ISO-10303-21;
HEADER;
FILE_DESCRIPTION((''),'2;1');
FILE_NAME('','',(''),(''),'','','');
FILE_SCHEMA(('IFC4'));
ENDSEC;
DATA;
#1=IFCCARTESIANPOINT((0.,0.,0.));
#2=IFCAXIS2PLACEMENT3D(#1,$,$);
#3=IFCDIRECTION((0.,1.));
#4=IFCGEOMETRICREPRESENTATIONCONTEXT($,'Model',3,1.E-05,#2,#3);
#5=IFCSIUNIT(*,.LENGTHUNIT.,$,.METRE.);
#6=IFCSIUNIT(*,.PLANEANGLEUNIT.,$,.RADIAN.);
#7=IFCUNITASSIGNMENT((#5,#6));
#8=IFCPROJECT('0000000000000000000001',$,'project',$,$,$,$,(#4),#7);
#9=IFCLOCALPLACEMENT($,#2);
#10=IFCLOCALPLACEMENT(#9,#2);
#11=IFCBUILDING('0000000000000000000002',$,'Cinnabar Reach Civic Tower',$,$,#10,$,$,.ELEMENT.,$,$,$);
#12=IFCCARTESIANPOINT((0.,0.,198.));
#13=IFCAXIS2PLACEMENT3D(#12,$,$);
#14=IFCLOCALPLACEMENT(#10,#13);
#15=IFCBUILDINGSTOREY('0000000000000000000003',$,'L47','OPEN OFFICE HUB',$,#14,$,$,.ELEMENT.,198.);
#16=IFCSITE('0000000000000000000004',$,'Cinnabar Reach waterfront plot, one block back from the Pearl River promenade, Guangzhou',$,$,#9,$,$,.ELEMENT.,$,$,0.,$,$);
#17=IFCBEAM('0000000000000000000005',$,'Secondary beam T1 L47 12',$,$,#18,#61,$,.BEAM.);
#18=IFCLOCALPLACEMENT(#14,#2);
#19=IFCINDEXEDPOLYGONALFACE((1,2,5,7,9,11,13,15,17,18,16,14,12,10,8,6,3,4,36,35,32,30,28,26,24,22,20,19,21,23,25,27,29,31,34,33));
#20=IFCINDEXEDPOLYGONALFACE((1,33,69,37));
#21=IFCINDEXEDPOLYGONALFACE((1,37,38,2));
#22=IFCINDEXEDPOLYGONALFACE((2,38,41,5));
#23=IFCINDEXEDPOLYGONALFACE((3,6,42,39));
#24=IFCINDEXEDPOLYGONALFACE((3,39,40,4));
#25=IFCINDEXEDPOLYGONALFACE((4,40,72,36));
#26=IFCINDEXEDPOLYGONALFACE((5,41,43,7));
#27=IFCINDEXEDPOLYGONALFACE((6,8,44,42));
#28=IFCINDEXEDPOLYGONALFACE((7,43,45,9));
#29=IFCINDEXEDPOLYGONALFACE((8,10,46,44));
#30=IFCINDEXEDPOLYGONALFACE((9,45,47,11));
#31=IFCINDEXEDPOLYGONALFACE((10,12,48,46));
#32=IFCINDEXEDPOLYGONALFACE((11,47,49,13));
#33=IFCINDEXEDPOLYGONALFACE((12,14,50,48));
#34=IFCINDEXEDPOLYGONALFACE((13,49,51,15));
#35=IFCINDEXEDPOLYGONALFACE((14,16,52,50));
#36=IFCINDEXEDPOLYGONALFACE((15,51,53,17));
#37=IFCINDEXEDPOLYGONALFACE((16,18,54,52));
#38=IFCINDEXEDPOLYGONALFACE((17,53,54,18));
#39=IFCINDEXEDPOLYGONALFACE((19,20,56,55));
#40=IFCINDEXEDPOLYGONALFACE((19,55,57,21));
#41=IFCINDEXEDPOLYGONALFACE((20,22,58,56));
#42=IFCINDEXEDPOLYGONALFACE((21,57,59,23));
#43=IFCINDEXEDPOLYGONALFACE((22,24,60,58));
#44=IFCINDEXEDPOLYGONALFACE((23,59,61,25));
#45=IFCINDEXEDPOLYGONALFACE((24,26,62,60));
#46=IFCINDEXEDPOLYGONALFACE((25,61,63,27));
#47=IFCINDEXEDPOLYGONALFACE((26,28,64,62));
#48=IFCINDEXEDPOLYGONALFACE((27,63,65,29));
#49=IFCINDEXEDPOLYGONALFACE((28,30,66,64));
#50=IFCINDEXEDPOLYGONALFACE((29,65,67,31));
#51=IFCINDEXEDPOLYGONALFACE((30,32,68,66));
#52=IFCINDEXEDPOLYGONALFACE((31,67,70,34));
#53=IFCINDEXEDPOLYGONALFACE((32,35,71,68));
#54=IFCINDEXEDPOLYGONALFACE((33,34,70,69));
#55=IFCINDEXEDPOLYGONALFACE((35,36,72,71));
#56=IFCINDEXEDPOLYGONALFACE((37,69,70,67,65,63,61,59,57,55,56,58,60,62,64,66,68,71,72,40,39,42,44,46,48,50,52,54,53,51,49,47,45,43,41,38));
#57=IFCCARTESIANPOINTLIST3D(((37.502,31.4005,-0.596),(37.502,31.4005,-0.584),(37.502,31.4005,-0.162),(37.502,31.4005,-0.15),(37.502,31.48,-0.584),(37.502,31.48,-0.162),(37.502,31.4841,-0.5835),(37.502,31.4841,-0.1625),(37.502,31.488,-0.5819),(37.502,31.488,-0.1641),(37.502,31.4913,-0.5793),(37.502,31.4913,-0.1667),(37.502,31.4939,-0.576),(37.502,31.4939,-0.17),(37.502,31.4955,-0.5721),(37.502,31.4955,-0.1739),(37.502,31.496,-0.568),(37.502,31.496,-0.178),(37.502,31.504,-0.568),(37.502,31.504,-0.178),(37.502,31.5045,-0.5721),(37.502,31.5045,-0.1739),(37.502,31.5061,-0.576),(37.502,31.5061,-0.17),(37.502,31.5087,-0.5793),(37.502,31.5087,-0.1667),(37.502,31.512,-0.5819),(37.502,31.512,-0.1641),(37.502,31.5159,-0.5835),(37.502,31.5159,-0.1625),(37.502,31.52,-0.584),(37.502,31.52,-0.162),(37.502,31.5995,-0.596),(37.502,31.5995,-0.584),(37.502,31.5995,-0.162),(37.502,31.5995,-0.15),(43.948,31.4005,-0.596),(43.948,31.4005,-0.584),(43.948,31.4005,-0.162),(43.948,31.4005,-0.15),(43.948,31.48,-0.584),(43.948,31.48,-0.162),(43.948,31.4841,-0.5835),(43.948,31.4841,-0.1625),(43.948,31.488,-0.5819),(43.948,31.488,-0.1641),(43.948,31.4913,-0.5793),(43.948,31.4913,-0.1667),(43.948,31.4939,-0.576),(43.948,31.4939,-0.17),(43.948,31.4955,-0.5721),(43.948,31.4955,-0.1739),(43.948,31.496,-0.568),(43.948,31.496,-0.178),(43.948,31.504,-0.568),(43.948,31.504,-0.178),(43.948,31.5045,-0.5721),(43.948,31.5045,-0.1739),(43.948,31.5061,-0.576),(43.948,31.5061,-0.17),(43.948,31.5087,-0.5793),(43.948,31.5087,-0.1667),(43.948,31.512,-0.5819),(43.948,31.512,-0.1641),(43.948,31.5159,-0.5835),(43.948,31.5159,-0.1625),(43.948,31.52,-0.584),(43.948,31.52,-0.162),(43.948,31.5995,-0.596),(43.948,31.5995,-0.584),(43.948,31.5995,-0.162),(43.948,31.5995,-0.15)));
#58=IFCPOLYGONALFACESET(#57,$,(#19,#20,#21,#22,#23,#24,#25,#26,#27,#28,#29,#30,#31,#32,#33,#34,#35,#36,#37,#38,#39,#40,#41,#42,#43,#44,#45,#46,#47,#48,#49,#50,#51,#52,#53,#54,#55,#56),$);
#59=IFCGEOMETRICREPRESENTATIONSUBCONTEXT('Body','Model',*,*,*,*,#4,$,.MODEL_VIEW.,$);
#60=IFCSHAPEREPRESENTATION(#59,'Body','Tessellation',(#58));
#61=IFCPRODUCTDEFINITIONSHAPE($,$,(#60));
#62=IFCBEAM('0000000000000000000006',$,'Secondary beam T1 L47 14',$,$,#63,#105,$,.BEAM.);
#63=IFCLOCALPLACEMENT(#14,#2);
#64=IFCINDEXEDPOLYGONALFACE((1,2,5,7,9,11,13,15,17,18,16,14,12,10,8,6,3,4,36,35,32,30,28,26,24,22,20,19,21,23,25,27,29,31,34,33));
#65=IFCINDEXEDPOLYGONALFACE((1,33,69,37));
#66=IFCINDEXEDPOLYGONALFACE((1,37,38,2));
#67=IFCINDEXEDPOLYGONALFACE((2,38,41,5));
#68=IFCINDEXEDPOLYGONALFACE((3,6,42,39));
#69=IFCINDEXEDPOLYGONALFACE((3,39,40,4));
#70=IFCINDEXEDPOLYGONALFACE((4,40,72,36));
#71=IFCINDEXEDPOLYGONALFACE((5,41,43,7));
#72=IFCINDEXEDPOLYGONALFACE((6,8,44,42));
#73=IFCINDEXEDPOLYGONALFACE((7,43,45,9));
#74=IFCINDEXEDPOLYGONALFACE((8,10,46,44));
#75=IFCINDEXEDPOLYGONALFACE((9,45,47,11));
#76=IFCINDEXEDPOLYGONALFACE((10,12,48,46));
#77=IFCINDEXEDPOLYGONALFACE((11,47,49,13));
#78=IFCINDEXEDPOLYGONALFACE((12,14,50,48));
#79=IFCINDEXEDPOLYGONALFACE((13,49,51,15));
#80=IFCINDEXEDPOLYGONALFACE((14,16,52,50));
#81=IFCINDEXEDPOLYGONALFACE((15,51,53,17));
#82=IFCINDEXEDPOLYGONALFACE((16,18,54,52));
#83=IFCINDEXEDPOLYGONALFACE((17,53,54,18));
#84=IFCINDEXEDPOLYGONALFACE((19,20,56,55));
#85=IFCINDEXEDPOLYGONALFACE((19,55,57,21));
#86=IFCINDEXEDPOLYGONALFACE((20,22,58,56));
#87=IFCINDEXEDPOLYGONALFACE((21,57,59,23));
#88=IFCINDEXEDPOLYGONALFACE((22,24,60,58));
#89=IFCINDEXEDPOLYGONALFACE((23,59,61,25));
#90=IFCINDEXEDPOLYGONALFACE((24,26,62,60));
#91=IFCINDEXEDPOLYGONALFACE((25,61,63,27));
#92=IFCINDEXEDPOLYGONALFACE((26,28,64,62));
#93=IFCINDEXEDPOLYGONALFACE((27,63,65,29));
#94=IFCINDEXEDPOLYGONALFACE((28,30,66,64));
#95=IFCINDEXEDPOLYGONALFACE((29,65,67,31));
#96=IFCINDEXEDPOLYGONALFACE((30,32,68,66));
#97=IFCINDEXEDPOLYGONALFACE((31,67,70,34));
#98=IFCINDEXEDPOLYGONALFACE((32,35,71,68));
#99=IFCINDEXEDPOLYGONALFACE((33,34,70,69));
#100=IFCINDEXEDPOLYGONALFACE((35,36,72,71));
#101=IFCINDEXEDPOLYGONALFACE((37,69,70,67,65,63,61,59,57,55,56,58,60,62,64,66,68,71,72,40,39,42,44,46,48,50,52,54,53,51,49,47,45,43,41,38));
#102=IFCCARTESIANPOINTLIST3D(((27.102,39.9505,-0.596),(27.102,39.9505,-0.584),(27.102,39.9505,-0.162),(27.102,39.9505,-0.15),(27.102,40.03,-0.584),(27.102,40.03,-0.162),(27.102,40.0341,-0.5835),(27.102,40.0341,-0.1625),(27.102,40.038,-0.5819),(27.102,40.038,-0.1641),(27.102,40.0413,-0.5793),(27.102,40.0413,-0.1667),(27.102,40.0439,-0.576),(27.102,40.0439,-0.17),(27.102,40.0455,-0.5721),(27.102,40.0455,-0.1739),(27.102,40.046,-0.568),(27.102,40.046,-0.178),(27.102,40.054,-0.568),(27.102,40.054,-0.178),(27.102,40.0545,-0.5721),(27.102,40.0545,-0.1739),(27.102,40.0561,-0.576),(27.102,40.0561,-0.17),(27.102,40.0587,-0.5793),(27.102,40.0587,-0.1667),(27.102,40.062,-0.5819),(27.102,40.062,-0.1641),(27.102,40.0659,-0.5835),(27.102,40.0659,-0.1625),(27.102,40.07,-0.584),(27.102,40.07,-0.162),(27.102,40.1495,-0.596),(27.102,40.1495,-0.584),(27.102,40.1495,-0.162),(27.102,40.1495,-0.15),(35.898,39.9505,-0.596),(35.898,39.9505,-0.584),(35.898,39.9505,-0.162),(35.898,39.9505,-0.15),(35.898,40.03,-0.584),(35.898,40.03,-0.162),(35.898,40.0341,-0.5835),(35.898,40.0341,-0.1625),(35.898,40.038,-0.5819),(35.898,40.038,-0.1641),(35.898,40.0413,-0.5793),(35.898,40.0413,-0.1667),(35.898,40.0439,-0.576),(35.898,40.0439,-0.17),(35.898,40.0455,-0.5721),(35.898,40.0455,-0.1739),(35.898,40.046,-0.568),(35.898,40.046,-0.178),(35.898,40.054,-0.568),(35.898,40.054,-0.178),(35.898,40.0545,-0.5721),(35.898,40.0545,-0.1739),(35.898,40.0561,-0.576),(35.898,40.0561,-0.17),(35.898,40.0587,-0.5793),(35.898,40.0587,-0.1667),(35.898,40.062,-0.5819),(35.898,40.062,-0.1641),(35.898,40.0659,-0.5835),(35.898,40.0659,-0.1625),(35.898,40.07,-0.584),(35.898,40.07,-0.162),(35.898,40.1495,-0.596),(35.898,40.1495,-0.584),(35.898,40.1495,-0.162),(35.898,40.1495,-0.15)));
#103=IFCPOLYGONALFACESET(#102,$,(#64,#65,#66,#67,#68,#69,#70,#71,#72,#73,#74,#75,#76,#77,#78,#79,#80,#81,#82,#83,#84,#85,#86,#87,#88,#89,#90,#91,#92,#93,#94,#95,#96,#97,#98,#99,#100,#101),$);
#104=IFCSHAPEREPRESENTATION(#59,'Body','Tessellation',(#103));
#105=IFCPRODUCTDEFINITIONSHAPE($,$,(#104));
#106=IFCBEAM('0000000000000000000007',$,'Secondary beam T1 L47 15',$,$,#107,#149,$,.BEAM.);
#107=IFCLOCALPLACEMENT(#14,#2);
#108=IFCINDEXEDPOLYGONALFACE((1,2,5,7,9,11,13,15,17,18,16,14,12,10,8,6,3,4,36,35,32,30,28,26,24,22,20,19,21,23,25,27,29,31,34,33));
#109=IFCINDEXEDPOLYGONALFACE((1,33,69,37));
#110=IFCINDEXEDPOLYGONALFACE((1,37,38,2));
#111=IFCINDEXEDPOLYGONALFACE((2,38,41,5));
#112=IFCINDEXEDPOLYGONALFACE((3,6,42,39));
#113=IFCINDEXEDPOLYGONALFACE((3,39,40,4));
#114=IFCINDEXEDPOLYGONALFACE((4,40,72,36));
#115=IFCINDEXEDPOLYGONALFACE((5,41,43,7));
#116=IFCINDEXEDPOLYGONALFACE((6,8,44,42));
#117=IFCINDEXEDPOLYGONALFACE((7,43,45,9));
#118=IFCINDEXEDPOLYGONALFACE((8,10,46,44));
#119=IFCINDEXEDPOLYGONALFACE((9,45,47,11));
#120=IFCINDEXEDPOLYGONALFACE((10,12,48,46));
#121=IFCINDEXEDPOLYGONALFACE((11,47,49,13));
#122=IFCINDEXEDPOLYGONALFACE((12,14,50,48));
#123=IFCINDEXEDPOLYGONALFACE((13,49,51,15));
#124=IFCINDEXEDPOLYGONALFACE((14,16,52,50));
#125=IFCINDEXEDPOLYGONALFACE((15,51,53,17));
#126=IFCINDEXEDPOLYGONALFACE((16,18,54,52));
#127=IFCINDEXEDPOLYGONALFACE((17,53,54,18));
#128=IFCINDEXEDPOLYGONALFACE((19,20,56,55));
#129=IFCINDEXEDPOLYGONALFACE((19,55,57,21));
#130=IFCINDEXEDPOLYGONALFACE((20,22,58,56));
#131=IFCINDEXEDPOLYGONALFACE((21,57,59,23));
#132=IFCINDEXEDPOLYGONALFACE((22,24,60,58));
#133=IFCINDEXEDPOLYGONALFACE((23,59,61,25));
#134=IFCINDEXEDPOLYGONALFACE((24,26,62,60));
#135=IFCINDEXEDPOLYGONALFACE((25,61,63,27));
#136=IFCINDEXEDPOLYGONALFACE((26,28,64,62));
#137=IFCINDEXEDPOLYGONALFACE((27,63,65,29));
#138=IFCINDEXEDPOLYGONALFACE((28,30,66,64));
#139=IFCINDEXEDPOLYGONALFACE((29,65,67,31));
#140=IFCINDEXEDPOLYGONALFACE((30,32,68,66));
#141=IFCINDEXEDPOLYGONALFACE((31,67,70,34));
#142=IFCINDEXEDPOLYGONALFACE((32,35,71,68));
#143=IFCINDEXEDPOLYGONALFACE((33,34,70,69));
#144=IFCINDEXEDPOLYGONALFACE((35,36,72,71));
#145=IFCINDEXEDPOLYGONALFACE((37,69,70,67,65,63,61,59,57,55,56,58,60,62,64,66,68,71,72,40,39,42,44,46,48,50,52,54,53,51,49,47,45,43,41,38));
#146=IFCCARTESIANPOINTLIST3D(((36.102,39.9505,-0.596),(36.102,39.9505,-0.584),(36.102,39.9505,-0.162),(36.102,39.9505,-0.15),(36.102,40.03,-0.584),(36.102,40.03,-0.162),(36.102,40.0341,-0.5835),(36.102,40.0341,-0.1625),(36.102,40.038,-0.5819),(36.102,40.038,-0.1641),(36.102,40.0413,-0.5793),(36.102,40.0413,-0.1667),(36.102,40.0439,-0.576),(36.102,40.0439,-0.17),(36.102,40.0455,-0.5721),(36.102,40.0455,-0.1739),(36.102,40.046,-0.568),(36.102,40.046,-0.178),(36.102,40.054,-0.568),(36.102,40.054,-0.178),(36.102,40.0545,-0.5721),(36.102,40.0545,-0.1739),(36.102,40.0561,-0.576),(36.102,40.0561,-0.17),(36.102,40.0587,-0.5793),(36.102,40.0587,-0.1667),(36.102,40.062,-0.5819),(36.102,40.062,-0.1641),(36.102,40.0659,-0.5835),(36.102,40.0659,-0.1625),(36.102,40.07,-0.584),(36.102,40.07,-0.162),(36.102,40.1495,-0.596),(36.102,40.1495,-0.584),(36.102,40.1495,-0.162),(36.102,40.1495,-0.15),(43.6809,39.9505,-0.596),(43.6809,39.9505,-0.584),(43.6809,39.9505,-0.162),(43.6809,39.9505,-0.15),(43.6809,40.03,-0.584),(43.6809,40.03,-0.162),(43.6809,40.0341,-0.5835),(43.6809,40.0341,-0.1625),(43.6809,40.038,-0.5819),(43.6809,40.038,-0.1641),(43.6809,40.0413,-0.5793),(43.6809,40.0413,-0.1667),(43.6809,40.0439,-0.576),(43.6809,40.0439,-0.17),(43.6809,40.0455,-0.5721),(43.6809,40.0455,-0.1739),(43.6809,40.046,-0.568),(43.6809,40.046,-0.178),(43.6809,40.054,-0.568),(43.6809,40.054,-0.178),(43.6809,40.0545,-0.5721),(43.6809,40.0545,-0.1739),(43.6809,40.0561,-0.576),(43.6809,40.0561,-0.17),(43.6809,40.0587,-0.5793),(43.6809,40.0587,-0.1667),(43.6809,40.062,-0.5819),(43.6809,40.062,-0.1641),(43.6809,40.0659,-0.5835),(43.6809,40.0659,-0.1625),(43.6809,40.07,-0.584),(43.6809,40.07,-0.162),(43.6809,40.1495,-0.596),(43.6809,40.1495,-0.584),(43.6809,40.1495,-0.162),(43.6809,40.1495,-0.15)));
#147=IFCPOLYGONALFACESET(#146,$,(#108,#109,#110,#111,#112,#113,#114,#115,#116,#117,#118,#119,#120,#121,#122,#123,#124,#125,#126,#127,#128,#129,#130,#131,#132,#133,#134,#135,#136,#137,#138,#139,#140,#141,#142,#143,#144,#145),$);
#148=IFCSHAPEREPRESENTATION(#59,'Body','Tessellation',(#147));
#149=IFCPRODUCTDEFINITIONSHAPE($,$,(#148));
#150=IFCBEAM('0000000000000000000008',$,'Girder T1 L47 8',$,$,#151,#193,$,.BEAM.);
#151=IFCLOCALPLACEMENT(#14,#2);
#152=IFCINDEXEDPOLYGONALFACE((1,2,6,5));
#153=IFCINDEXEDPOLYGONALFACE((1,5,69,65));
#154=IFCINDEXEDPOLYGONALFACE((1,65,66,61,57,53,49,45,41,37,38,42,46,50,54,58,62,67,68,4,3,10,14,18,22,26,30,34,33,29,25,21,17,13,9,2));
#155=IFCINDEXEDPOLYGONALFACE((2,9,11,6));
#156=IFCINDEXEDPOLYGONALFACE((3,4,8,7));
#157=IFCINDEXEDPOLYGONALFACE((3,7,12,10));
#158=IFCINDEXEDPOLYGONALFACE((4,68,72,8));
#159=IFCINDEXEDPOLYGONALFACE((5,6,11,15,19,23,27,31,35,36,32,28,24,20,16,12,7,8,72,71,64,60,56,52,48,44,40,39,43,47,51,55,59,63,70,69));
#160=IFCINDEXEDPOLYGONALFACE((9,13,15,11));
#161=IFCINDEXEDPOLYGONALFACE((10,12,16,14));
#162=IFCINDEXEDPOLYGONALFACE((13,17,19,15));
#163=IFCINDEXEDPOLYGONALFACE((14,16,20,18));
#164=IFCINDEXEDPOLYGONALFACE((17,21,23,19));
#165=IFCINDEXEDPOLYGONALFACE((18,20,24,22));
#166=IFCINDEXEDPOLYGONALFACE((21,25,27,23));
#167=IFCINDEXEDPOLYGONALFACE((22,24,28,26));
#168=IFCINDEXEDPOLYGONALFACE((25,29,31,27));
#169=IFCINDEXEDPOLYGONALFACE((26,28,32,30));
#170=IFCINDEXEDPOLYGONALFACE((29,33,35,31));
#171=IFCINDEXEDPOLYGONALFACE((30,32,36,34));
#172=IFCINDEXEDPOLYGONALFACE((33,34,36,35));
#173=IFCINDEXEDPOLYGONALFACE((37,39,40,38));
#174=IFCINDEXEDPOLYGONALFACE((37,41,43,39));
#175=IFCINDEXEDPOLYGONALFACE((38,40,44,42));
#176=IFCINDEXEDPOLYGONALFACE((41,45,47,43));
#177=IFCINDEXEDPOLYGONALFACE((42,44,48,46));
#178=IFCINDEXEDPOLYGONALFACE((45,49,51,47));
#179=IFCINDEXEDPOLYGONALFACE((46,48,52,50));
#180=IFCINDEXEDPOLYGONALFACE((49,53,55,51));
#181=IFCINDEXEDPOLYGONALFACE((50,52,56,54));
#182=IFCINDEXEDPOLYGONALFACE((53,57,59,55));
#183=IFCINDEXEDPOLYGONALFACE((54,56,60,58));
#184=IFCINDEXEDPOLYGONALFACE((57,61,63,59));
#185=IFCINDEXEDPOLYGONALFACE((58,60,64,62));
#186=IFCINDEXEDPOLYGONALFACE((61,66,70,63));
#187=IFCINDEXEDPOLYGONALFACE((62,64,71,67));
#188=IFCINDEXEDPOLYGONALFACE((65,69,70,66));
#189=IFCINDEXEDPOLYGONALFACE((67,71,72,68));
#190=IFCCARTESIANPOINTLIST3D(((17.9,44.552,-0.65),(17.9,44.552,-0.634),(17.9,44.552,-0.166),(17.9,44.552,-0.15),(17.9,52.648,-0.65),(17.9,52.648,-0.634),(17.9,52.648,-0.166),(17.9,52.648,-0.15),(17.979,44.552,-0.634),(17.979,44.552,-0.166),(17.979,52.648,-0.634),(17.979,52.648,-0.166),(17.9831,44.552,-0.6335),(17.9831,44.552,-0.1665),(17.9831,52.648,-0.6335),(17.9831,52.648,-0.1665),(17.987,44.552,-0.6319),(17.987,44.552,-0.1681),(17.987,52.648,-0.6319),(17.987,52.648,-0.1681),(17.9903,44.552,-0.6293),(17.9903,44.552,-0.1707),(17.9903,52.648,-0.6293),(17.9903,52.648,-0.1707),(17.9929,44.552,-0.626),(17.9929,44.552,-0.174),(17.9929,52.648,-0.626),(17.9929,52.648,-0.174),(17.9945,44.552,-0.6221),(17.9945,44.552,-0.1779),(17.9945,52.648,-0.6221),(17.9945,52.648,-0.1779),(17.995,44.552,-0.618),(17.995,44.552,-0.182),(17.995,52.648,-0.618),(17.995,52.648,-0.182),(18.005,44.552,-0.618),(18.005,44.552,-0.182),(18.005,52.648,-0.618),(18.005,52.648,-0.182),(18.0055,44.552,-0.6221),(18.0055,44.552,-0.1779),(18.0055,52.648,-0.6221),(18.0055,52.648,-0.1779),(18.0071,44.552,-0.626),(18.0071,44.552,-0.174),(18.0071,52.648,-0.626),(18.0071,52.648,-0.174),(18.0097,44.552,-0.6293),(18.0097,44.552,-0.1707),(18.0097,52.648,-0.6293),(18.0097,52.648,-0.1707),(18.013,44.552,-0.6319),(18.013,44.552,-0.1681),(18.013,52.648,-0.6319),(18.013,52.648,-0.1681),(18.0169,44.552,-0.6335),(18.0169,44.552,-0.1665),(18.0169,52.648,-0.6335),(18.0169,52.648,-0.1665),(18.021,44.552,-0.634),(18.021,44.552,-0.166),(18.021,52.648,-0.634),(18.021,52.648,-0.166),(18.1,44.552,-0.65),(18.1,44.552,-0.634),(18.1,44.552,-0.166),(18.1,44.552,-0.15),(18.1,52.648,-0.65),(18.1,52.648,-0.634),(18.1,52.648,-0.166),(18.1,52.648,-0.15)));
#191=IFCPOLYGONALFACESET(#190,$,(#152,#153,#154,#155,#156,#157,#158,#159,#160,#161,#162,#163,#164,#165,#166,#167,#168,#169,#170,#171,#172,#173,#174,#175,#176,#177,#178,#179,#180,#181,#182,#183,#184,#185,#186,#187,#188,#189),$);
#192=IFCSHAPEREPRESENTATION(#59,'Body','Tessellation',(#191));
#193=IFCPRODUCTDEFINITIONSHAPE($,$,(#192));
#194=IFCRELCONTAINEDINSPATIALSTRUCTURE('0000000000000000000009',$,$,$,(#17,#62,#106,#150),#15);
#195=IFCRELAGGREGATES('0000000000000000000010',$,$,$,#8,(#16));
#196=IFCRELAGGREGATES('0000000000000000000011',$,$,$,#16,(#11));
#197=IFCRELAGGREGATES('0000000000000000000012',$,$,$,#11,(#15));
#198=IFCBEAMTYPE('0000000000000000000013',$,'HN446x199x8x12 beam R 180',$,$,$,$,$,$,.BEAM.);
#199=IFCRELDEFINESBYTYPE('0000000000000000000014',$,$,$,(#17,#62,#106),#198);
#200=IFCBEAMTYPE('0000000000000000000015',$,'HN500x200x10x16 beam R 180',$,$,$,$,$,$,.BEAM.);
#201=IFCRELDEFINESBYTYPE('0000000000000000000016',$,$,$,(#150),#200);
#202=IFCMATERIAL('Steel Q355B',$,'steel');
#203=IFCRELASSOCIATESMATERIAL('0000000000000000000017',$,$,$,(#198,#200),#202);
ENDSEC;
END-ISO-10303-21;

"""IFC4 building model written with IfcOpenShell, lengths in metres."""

from ifc_helpers import new_model, si_unit, direction, frame, origin, origin_2d, place, context, subcontext, project, spatial, i_section, extrude, material, material_profile, profile_set, type_object, element, save


model = new_model("IFC4")

# Units and contexts
model_context = context("Model", 3, precision=1e-05, world=origin(), true_north=direction((0.0, 1.0)))
body_context = subcontext(model_context, "Body", "Model", "MODEL_VIEW")
ifc_project = project(units=[si_unit("LENGTHUNIT", "METRE"), si_unit("PLANEANGLEUNIT", "RADIAN")], contexts=[model_context])

# Site, building, storey
site_placement = place(None, origin())
site = spatial("IfcSite", under=ifc_project, at=site_placement, Name="Cinnabar Reach waterfront plot, one block back from the Pearl River promenade, Guangzhou", CompositionType="ELEMENT", RefElevation=0.0)
building_placement = place(site_placement, origin())
building = spatial("IfcBuilding", under=site, at=building_placement, Name="Cinnabar Reach Civic Tower", CompositionType="ELEMENT")
storey_placement = place(building_placement, frame((0.0, 0.0, 198.0)))
storey = spatial("IfcBuildingStorey", under=building, at=storey_placement, Name="L47", Description="OPEN OFFICE HUB", CompositionType="ELEMENT", Elevation=198.0)

# Beams
ifc_material_1 = material(Name="Steel Q355B", Category="steel")
ifc_material_profile_1 = material_profile(ifc_material_1, i_section(OverallWidth=0.199, OverallDepth=0.446, WebThickness=0.008, FlangeThickness=0.012, FilletRadius=0.016, at=origin_2d()), Name="HN446x199x8x12")
ifc_profile_set_1 = profile_set([ifc_material_profile_1], Name="Steel Q355B")
beam_type_1 = type_object("IfcBeamType", Name="HN446x199x8x12 beam R 180", PredefinedType="BEAM", material=ifc_profile_set_1)
beam_1_placement = place(storey_placement, frame((37.502, 31.5, -0.373), z_axis=(1.0, 0.0, 0.0), x_axis=(0.0, 1.0, 0.0)))
element("IfcBeam", 1, at=beam_1_placement, inside=storey, type_object=beam_type_1, Name="Secondary beam T1 L47 12", PredefinedType="BEAM", context=body_context, shape_type="SweptSolid", body=[
    extrude(i_section(OverallWidth=0.199, OverallDepth=0.446, WebThickness=0.008, FlangeThickness=0.012, FilletRadius=0.016, at=origin_2d()), origin(), (0.0, 0.0, 1.0), 6.446),
])
beam_2_placement = place(storey_placement, frame((27.102, 40.05, -0.373), z_axis=(1.0, 0.0, 0.0), x_axis=(0.0, 1.0, 0.0)))
element("IfcBeam", 2, at=beam_2_placement, inside=storey, type_object=beam_type_1, Name="Secondary beam T1 L47 14", PredefinedType="BEAM", context=body_context, shape_type="SweptSolid", body=[
    extrude(i_section(OverallWidth=0.199, OverallDepth=0.446, WebThickness=0.008, FlangeThickness=0.012, FilletRadius=0.016, at=origin_2d()), origin(), (0.0, 0.0, 1.0), 8.796),
])
beam_3_placement = place(storey_placement, frame((36.102, 40.05, -0.373), z_axis=(1.0, 0.0, 0.0), x_axis=(0.0, 1.0, 0.0)))
element("IfcBeam", 3, at=beam_3_placement, inside=storey, type_object=beam_type_1, Name="Secondary beam T1 L47 15", PredefinedType="BEAM", context=body_context, shape_type="SweptSolid", body=[
    extrude(i_section(OverallWidth=0.199, OverallDepth=0.446, WebThickness=0.008, FlangeThickness=0.012, FilletRadius=0.016, at=origin_2d()), origin(), (0.0, 0.0, 1.0), 7.5789),
])
ifc_material_profile_2 = material_profile(ifc_material_1, i_section(OverallWidth=0.2, OverallDepth=0.5, WebThickness=0.01, FlangeThickness=0.016, FilletRadius=0.016, at=origin_2d()), Name="HN500x200x10x16")
ifc_profile_set_2 = profile_set([ifc_material_profile_2], Name="Steel Q355B")
beam_type_2 = type_object("IfcBeamType", Name="HN500x200x10x16 beam R 180", PredefinedType="BEAM", material=ifc_profile_set_2)
beam_4_placement = place(storey_placement, frame((18.0, 44.552, -0.4), z_axis=(0.0, 1.0, 0.0), x_axis=(-1.0, 0.0, 0.0)))
element("IfcBeam", 4, at=beam_4_placement, inside=storey, type_object=beam_type_2, Name="Girder T1 L47 8", PredefinedType="BEAM", context=body_context, shape_type="SweptSolid", body=[
    extrude(i_section(OverallWidth=0.2, OverallDepth=0.5, WebThickness=0.01, FlangeThickness=0.016, FilletRadius=0.016, at=origin_2d()), origin(), (0.0, 0.0, 1.0), 8.096),
])

save(model, "model.ifc")
